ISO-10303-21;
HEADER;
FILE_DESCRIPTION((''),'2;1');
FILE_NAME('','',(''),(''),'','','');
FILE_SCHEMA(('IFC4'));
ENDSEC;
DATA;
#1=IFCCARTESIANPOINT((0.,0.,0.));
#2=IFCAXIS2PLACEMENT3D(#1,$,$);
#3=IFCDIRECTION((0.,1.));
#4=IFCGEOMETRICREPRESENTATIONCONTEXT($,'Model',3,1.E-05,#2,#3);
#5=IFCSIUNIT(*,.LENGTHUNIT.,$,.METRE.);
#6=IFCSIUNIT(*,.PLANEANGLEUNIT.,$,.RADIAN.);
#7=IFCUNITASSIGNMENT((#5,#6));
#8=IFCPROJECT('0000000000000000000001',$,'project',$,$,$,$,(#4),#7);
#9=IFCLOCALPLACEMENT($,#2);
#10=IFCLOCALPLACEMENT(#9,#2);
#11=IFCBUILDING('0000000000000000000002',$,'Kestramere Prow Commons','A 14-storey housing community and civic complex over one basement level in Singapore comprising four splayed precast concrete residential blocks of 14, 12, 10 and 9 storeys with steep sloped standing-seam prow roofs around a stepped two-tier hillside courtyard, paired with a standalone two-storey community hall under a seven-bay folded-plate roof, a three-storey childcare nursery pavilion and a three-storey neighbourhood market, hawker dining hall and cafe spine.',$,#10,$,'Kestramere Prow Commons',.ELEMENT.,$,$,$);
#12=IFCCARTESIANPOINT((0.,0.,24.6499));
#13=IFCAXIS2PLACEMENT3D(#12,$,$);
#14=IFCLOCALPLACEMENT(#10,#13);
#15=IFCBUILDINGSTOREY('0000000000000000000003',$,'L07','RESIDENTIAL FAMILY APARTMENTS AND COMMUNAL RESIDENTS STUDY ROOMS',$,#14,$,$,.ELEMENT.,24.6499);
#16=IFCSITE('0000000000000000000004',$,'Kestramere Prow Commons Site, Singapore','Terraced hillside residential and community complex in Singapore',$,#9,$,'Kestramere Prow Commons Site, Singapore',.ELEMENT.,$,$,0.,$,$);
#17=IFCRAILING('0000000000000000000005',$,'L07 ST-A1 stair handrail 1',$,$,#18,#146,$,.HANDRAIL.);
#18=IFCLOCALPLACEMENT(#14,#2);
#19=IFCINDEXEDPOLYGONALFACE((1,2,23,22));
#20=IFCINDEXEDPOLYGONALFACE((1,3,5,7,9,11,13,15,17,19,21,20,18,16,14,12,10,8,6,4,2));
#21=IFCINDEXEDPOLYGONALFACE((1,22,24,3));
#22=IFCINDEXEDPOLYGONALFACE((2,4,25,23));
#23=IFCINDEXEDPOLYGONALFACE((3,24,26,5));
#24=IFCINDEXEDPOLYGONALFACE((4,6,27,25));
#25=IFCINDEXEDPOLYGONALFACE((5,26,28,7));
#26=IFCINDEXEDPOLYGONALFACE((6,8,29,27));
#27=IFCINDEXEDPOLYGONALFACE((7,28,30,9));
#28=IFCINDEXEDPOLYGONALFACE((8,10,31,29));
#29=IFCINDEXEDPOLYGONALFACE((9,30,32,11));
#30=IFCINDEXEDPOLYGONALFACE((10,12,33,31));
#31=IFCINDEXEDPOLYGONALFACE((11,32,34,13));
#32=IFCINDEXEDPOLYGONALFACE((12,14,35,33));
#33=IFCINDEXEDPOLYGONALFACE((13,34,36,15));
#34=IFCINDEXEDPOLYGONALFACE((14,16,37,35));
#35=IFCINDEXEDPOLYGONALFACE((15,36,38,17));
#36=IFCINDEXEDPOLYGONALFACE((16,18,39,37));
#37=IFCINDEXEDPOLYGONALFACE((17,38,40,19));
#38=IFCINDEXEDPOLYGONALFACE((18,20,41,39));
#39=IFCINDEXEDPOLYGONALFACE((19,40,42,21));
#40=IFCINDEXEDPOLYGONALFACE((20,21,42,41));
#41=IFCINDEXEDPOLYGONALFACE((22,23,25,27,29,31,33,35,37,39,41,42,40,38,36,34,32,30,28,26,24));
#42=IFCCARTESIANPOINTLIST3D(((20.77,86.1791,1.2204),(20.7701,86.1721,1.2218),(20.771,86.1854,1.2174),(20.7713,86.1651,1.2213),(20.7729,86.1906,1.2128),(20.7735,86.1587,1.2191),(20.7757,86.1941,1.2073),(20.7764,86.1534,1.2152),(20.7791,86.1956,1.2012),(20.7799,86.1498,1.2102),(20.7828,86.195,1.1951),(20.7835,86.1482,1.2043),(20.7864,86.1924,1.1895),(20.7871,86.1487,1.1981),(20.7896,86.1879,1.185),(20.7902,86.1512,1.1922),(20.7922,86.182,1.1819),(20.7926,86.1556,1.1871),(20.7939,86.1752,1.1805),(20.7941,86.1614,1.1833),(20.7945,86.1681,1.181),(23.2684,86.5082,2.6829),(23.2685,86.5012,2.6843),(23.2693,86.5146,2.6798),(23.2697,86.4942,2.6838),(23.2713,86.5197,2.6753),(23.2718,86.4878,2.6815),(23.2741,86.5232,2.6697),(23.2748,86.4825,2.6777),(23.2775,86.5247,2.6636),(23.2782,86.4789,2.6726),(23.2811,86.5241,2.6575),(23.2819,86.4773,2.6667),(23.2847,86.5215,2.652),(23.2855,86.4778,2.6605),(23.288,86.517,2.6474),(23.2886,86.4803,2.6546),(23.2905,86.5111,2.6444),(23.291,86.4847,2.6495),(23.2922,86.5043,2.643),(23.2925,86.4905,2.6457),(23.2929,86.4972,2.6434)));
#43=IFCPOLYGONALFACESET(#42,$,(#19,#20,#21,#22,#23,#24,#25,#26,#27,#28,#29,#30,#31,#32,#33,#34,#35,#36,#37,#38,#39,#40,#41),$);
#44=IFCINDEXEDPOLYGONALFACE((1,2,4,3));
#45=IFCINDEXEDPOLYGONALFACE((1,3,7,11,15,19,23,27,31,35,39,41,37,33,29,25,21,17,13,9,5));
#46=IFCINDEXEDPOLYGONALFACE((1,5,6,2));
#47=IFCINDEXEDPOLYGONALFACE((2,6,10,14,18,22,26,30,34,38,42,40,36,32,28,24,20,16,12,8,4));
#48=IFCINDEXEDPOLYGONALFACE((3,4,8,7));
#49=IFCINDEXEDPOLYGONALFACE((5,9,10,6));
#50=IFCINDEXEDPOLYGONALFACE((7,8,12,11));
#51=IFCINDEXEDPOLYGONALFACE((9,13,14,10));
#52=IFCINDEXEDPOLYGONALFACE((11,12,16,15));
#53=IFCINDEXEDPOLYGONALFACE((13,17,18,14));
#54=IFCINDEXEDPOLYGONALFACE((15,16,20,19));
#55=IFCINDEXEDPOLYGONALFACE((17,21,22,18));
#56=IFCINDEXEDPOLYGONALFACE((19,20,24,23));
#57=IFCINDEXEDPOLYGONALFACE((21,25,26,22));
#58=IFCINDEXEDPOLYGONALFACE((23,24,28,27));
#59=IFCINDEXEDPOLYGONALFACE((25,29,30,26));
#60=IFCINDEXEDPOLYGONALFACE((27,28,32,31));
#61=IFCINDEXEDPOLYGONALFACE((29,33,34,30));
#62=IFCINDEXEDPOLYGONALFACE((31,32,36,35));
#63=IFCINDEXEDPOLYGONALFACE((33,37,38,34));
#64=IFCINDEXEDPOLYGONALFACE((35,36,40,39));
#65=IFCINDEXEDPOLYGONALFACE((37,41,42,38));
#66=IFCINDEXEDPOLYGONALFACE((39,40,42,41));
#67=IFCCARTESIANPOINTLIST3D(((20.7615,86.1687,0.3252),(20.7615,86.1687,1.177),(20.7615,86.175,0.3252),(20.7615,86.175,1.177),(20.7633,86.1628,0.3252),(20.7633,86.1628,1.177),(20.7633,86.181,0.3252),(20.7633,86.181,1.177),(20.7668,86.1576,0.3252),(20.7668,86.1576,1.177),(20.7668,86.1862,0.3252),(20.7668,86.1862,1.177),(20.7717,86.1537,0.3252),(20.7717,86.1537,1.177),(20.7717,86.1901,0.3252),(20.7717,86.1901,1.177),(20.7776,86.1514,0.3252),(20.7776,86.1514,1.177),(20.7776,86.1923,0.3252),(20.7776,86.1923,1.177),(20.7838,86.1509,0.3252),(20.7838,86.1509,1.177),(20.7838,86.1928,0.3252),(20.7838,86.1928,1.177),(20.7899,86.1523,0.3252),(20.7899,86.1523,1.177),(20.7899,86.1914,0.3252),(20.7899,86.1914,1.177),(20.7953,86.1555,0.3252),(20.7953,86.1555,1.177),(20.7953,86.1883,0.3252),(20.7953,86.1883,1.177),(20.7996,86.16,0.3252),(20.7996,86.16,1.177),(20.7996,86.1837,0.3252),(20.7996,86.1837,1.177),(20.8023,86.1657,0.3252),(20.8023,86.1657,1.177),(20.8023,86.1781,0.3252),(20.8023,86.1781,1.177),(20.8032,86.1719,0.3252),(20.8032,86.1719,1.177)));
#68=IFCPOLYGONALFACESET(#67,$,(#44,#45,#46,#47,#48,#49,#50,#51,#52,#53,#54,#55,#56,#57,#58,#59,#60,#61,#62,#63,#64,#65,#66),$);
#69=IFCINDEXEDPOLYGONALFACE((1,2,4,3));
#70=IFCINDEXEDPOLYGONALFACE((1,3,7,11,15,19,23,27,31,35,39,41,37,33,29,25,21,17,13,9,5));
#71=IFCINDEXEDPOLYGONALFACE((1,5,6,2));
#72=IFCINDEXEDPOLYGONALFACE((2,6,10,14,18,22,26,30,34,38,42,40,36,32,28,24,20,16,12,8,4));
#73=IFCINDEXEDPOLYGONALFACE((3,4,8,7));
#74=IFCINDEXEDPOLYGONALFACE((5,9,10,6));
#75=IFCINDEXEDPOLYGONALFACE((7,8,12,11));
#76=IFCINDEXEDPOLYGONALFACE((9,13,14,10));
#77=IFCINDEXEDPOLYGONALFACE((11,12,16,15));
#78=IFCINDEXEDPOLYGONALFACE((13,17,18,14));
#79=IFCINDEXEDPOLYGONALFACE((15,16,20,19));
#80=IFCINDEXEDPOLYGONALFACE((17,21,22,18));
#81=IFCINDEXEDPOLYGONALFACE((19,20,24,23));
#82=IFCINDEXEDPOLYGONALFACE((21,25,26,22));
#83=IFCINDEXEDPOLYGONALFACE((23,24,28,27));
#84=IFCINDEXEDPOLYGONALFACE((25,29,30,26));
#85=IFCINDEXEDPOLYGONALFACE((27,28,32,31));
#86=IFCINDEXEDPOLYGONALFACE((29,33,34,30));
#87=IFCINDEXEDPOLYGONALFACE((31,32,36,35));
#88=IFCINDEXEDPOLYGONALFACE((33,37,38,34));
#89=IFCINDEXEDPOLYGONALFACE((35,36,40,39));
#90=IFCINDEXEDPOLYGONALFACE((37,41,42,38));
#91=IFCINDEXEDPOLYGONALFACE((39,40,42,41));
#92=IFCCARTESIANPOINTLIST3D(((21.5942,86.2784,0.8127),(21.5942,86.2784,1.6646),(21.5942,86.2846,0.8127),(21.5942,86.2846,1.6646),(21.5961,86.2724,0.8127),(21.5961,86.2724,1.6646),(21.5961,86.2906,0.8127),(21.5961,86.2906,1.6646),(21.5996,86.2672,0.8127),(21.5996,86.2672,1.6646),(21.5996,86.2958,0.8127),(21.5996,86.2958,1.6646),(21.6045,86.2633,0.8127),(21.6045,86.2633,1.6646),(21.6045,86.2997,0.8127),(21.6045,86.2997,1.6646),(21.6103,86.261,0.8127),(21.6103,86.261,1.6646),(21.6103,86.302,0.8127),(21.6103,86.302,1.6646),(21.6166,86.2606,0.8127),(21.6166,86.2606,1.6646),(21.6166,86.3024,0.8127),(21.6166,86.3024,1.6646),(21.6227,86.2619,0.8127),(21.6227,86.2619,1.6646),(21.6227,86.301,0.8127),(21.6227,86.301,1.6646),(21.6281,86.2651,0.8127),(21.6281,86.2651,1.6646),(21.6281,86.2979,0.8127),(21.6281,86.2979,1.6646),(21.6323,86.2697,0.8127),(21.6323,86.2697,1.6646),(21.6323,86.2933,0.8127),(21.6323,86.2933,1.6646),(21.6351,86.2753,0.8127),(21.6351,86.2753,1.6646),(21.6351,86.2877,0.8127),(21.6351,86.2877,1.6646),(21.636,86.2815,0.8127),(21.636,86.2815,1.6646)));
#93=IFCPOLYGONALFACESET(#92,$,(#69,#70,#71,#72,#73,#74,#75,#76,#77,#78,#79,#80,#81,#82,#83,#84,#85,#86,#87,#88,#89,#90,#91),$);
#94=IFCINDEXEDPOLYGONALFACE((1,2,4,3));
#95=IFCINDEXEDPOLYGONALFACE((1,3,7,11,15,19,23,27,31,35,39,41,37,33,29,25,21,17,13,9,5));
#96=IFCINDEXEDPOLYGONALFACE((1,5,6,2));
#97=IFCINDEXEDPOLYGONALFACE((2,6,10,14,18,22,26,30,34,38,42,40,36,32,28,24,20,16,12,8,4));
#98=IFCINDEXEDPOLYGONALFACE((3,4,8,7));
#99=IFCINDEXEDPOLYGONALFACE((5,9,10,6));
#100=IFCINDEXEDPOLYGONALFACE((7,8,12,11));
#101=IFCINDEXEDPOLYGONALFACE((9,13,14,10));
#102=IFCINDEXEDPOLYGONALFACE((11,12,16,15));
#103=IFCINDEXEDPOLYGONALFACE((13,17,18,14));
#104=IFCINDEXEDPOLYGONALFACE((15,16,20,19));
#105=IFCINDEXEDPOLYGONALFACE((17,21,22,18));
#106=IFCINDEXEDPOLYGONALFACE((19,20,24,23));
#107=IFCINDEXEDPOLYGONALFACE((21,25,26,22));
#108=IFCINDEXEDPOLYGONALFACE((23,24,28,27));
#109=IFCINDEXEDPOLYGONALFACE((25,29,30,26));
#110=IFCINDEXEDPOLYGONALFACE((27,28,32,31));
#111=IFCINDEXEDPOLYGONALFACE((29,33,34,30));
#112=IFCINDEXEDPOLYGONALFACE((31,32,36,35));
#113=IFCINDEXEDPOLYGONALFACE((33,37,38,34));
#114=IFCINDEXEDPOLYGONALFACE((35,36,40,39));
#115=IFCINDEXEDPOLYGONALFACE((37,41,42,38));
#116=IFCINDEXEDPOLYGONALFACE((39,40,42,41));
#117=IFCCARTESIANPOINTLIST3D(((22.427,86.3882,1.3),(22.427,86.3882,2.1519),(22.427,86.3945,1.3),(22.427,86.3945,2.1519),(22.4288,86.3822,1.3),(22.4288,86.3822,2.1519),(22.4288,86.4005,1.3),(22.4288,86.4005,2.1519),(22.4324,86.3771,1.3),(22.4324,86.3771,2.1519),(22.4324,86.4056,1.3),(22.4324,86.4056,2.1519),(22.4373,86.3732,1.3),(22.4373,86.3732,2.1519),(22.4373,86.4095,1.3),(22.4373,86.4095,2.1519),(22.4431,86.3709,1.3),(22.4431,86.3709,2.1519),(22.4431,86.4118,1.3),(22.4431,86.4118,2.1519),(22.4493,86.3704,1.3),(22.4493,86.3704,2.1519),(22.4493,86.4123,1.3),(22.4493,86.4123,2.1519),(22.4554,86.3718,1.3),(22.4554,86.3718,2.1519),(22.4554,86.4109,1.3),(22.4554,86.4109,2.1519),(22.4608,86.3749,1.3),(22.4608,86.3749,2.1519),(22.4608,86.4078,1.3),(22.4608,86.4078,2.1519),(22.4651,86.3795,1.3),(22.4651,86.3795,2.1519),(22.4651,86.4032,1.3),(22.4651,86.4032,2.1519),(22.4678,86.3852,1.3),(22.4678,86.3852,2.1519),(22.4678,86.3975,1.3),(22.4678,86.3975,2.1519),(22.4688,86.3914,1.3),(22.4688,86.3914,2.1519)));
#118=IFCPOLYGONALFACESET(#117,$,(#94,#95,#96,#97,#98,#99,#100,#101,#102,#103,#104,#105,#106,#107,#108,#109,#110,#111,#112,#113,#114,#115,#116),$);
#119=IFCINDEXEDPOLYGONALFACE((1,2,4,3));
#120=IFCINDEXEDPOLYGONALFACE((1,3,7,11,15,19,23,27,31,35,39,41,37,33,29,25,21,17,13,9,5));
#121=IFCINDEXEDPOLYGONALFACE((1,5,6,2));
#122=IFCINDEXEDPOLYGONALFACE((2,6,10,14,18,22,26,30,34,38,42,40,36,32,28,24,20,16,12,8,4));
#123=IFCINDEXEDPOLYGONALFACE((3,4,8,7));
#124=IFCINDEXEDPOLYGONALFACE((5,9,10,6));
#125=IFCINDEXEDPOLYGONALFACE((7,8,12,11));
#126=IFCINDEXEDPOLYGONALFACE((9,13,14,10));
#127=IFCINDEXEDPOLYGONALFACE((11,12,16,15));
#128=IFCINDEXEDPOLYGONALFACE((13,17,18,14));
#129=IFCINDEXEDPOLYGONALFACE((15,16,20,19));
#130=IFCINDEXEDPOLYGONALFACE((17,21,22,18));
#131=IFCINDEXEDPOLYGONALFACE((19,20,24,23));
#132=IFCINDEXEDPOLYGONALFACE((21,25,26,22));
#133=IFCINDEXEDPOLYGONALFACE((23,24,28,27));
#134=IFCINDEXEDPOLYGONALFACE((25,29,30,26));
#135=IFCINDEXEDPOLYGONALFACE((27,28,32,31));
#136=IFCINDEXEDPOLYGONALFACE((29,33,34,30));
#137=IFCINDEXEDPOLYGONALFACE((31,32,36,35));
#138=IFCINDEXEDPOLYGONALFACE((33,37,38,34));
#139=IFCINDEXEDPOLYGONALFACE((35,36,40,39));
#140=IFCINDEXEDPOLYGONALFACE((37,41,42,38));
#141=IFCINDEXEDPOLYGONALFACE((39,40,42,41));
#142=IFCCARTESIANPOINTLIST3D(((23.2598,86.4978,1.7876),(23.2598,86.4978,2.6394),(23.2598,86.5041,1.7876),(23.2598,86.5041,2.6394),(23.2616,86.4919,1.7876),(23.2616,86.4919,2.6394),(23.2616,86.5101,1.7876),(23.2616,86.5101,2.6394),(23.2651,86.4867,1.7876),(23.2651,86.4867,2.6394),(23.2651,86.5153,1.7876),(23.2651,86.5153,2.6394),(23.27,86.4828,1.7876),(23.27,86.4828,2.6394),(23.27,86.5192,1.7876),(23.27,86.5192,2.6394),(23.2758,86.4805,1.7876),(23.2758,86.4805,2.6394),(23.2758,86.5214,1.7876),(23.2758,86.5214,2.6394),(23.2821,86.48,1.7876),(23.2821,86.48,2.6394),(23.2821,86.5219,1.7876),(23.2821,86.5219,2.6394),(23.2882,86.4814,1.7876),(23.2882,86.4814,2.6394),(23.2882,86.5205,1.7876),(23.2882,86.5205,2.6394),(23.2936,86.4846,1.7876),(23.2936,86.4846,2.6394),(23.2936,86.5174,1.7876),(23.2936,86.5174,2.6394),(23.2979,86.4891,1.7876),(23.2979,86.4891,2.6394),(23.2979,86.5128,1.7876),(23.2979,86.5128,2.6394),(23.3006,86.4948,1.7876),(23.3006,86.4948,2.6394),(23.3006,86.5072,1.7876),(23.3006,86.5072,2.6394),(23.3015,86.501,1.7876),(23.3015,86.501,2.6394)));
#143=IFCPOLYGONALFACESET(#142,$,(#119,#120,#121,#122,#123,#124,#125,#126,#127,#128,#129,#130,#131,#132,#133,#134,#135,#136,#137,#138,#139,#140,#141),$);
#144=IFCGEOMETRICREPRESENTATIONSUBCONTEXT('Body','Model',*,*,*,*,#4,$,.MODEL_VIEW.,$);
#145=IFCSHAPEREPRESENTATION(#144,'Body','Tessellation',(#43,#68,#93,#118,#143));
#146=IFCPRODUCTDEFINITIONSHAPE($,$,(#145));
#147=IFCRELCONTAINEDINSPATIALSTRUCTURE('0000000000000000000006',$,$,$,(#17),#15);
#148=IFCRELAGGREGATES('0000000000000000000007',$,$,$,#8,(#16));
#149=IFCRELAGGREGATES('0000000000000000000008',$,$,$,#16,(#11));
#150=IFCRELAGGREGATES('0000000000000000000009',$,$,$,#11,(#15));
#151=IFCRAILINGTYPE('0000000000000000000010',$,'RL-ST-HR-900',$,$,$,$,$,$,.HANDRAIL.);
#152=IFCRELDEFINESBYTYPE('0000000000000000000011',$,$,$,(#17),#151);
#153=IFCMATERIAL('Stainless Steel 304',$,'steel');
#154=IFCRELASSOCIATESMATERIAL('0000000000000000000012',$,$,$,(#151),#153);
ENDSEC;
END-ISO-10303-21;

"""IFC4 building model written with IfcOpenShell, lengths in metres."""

from ifc_helpers import new_model, si_unit, direction, frame, origin, origin_2d, place, context, subcontext, project, spatial, circle, extrude, material, type_object, element, save


model = new_model("IFC4")

# Units and contexts
model_context = context("Model", 3, precision=1e-05, world=origin(), true_north=direction((0.0, 1.0)))
body_context = subcontext(model_context, "Body", "Model", "MODEL_VIEW")
ifc_project = project(units=[si_unit("LENGTHUNIT", "METRE"), si_unit("PLANEANGLEUNIT", "RADIAN")], contexts=[model_context])

# Site, building, storey
site_placement = place(None, origin())
site = spatial("IfcSite", under=ifc_project, at=site_placement, Name="Kestramere Prow Commons Site, Singapore", Description="Terraced hillside residential and community complex in Singapore", LongName="Kestramere Prow Commons Site, Singapore", CompositionType="ELEMENT", RefElevation=0.0)
building_placement = place(site_placement, origin())
building = spatial("IfcBuilding", under=site, at=building_placement, Name="Kestramere Prow Commons", Description="A 14-storey housing community and civic complex over one basement level in Singapore comprising four splayed precast concrete residential blocks of 14, 12, 10 and 9 storeys with steep sloped standing-seam prow roofs around a stepped two-tier hillside courtyard, paired with a standalone two-storey community hall under a seven-bay folded-plate roof, a three-storey childcare nursery pavilion and a three-storey neighbourhood market, hawker dining hall and cafe spine.", LongName="Kestramere Prow Commons", CompositionType="ELEMENT")
storey_placement = place(building_placement, frame((0.0, 0.0, 24.6499)))
storey = spatial("IfcBuildingStorey", under=building, at=storey_placement, Name="L07", Description="RESIDENTIAL FAMILY APARTMENTS AND COMMUNAL RESIDENTS STUDY ROOMS", CompositionType="ELEMENT", Elevation=24.6499)

# Railing
ifc_material_1 = material(Name="Stainless Steel 304", Category="steel")
railing_type_1 = type_object("IfcRailingType", Name="RL-ST-HR-900", PredefinedType="HANDRAIL", material=ifc_material_1)
railing_1_placement = place(storey_placement, frame((20.7822, 86.1719, 0.3252)))
element("IfcRailing", 1, at=railing_1_placement, inside=storey, type_object=railing_type_1, Name="L07 ST-A1 stair handrail 1", PredefinedType="HANDRAIL", context=body_context, shape_type="SweptSolid", body=[
    extrude(circle(Radius=0.0239, at=origin_2d()), frame((0.0, 0.0, 0.876), z_axis=(0.857493, 0.112958, 0.501943), x_axis=(-0.130602, 0.991435, 0.0)), (0.0, 0.0, 1.0), 2.9136),
    extrude(circle(Radius=0.021, at=origin_2d()), origin(), (0.0, 0.0, 1.0), 0.8518),
    extrude(circle(Radius=0.021, at=origin_2d()), frame((0.8328, 0.1096, 0.4875)), (0.0, 0.0, 1.0), 0.8518),
    extrude(circle(Radius=0.021, at=origin_2d()), frame((1.6655, 0.2195, 0.9749)), (0.0, 0.0, 1.0), 0.8518),
    extrude(circle(Radius=0.021, at=origin_2d()), frame((2.4983, 0.3291, 1.4624)), (0.0, 0.0, 1.0), 0.8518),
])

save(model, "model.ifc")
